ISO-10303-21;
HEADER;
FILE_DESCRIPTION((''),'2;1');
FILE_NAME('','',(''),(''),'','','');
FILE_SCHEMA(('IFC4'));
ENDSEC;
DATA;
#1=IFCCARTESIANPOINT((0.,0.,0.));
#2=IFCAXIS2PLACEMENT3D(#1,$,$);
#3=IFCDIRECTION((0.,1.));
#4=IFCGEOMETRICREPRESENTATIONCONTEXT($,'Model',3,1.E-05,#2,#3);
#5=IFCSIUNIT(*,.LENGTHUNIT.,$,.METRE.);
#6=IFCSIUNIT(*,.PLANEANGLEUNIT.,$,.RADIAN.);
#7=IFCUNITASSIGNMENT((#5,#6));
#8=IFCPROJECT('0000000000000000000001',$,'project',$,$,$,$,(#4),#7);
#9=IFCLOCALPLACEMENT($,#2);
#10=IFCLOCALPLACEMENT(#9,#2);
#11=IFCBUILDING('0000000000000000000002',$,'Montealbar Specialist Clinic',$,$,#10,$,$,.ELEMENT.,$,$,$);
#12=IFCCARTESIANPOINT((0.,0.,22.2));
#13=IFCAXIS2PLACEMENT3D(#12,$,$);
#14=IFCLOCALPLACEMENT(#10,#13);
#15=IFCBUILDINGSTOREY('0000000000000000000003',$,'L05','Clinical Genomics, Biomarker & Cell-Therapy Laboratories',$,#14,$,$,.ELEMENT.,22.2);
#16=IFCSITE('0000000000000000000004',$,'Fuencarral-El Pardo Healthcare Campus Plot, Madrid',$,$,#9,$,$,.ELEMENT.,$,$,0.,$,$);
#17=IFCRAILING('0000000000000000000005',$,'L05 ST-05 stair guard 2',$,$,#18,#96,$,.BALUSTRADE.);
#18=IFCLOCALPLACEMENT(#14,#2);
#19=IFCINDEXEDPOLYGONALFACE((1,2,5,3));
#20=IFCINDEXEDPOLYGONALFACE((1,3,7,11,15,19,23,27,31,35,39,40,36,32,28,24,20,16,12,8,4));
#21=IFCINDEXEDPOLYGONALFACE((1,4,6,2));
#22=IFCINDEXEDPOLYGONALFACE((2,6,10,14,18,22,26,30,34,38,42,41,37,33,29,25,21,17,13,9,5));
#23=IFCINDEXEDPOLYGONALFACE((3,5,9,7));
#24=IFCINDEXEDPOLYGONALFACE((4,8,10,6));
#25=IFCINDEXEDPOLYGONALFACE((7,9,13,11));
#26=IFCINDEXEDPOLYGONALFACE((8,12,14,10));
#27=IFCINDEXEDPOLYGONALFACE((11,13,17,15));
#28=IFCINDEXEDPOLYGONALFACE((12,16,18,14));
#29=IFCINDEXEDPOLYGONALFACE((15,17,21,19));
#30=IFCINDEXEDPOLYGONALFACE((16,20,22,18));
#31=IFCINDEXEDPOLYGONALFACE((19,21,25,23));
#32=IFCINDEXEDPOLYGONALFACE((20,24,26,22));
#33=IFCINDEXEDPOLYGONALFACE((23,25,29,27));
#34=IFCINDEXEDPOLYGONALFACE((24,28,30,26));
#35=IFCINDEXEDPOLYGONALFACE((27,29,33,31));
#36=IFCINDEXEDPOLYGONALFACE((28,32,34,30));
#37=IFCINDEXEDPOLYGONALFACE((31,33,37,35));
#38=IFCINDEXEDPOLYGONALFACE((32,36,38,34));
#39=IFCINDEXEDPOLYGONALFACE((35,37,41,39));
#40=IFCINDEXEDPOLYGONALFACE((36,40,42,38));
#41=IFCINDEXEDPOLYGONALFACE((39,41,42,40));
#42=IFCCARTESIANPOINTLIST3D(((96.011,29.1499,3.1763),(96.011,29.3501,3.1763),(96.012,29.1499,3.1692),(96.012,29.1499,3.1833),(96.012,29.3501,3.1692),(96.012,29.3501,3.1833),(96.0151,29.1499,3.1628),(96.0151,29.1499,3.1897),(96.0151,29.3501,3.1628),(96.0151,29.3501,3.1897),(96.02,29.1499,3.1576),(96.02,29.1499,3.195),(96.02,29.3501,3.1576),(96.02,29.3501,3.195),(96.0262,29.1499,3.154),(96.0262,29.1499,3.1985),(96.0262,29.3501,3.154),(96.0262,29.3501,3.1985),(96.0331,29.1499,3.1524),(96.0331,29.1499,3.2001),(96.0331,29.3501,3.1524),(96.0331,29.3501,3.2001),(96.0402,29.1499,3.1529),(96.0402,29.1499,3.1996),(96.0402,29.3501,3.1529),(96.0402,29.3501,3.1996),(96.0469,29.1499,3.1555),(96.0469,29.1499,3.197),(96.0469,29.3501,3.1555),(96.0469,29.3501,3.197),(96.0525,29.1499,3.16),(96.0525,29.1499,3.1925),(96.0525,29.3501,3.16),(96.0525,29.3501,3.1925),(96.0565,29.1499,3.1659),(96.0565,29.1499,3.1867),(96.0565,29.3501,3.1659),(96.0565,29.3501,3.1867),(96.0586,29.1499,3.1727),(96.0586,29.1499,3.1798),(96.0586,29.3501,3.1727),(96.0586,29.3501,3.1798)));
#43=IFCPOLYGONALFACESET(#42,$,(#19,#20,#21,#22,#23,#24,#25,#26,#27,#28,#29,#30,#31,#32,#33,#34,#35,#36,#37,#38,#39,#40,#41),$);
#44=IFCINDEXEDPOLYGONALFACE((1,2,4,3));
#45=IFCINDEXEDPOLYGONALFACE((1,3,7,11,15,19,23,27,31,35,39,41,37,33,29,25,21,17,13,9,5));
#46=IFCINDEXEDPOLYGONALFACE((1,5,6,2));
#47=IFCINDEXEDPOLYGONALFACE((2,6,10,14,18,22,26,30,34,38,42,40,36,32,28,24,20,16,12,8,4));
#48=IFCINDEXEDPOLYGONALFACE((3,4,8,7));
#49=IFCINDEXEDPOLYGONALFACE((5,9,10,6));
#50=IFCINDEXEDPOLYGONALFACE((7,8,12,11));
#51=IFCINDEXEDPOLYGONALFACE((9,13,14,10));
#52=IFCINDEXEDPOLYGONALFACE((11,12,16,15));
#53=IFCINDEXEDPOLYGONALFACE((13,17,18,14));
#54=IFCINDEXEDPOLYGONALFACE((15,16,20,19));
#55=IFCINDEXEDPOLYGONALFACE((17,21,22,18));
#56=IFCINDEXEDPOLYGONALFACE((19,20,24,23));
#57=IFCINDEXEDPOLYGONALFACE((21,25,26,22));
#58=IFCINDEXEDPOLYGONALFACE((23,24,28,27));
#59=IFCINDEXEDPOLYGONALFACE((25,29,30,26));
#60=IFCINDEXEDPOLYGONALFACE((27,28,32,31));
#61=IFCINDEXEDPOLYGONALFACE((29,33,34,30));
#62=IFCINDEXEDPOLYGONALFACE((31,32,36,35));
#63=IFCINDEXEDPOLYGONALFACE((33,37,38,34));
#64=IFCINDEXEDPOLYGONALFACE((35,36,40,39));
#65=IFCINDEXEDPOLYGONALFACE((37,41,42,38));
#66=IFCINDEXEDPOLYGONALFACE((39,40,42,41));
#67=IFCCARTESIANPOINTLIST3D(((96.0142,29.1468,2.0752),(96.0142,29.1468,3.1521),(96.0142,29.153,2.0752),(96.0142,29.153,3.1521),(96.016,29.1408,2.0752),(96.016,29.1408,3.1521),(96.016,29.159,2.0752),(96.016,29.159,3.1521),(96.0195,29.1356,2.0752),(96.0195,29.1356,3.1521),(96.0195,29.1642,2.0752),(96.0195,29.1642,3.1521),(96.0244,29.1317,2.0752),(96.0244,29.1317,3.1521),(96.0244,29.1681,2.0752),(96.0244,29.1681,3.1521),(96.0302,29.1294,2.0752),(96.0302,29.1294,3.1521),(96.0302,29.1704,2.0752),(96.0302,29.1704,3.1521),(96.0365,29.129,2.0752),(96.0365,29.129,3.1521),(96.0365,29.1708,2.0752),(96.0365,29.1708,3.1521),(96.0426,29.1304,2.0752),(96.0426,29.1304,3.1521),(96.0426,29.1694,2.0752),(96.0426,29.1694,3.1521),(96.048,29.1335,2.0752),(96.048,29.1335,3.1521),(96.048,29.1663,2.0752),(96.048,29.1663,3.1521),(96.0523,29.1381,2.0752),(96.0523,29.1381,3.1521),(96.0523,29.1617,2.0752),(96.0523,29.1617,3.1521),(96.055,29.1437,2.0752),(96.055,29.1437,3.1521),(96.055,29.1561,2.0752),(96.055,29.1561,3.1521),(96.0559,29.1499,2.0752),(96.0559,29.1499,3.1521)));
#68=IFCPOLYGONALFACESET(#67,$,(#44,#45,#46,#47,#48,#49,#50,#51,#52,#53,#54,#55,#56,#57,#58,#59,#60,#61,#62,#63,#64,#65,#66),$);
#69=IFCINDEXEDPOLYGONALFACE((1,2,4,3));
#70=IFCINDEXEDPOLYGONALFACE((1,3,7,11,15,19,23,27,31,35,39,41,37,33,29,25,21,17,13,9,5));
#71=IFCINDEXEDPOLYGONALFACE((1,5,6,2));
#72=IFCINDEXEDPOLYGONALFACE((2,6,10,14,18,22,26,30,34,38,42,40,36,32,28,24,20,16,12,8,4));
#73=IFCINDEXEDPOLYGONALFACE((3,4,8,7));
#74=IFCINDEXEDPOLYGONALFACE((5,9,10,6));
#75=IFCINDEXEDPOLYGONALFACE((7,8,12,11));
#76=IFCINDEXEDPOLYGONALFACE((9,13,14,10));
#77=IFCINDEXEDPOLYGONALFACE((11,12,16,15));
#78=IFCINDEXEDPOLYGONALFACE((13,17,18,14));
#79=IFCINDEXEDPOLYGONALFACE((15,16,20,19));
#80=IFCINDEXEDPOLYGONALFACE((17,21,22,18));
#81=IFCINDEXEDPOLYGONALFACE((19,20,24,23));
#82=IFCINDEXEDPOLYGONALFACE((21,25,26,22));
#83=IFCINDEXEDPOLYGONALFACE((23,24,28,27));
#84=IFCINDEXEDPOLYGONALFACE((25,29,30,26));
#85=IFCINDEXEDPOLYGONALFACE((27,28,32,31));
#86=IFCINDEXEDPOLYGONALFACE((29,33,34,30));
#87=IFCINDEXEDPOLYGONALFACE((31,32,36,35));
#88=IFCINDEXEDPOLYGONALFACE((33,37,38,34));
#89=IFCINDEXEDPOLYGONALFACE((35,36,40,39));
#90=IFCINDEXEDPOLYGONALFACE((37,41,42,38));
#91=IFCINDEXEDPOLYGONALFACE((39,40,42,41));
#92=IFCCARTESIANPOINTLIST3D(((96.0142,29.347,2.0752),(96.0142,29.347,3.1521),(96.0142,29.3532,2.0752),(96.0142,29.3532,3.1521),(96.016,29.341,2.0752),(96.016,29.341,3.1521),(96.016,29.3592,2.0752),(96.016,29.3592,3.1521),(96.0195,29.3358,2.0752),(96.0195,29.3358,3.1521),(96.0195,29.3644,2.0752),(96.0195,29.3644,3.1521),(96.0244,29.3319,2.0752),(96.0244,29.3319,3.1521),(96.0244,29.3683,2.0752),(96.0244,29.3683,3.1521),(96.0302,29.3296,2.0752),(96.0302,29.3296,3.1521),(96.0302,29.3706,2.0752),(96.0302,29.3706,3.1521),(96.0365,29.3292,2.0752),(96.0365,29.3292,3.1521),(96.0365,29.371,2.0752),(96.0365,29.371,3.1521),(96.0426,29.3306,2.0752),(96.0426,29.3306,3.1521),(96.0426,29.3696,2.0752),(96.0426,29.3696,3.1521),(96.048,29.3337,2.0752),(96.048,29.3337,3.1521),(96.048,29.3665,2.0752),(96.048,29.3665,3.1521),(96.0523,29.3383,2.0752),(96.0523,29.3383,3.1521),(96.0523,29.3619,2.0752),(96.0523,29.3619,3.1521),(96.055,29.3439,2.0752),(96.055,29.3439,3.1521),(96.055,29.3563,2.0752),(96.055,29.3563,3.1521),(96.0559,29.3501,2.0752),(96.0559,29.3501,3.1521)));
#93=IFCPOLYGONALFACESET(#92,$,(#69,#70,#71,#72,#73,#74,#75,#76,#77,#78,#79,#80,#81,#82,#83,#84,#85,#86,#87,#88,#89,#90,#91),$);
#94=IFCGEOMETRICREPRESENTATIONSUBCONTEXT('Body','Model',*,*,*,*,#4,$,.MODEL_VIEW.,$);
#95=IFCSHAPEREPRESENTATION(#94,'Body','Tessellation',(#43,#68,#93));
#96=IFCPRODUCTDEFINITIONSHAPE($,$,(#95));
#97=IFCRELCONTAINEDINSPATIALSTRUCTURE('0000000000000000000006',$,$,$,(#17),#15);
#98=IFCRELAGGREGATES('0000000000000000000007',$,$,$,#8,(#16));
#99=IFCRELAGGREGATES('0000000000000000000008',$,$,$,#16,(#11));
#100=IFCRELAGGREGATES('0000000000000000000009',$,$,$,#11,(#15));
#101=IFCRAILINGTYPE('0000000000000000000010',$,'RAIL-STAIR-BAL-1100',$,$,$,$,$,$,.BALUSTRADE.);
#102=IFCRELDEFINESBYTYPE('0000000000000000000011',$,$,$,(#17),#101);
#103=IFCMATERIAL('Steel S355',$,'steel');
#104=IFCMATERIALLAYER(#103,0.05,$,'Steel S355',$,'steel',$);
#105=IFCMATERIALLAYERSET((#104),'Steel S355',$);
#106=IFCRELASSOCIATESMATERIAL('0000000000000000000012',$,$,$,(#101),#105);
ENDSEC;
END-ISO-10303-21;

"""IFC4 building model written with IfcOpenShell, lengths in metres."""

from ifc_helpers import new_model, si_unit, direction, frame, origin, origin_2d, place, context, subcontext, project, spatial, circle, extrude, material, layer, layer_set, type_object, element, save


model = new_model("IFC4")

# Units and contexts
model_context = context("Model", 3, precision=1e-05, world=origin(), true_north=direction((0.0, 1.0)))
body_context = subcontext(model_context, "Body", "Model", "MODEL_VIEW")
ifc_project = project(units=[si_unit("LENGTHUNIT", "METRE"), si_unit("PLANEANGLEUNIT", "RADIAN")], contexts=[model_context])

# Site, building, storey
site_placement = place(None, origin())
site = spatial("IfcSite", under=ifc_project, at=site_placement, Name="Fuencarral-El Pardo Healthcare Campus Plot, Madrid", CompositionType="ELEMENT", RefElevation=0.0)
building_placement = place(site_placement, origin())
building = spatial("IfcBuilding", under=site, at=building_placement, Name="Montealbar Specialist Clinic", CompositionType="ELEMENT")
storey_placement = place(building_placement, frame((0.0, 0.0, 22.2)))
storey = spatial("IfcBuildingStorey", under=building, at=storey_placement, Name="L05", Description="Clinical Genomics, Biomarker & Cell-Therapy Laboratories", CompositionType="ELEMENT", Elevation=22.2)

# Shared definitions
ifc_material_1 = material(Name="Steel S355", Category="steel")

# Railing
ifc_layer_1 = layer(ifc_material_1, 0.05, Name="Steel S355", Category="steel")
ifc_layer_set_1 = layer_set([ifc_layer_1], Name="Steel S355")
railing_type_1 = type_object("IfcRailingType", Name="RAIL-STAIR-BAL-1100", PredefinedType="BALUSTRADE", material=ifc_layer_set_1)
railing_1_placement = place(storey_placement, frame((96.0349, 29.1499, 2.1001)))
element("IfcRailing", 1, at=railing_1_placement, inside=storey, type_object=railing_type_1, Name="L05 ST-05 stair guard 2", PredefinedType="BALUSTRADE", context=body_context, shape_type="SweptSolid", body=[
    extrude(circle(Radius=0.0239, at=origin_2d()), frame((0.0, 0.0, 1.0762), z_axis=(0.0, 1.0, 0.0), x_axis=(-1.0, 0.0, 0.0)), (0.0, 0.0, 1.0), 0.2002),
    extrude(circle(Radius=0.021, at=origin_2d()), frame((0.0, 0.0, -0.0249)), (0.0, 0.0, 1.0), 1.0769),
    extrude(circle(Radius=0.021, at=origin_2d()), frame((0.0, 0.2002, -0.0249)), (0.0, 0.0, 1.0), 1.0769),
])

save(model, "model.ifc")
